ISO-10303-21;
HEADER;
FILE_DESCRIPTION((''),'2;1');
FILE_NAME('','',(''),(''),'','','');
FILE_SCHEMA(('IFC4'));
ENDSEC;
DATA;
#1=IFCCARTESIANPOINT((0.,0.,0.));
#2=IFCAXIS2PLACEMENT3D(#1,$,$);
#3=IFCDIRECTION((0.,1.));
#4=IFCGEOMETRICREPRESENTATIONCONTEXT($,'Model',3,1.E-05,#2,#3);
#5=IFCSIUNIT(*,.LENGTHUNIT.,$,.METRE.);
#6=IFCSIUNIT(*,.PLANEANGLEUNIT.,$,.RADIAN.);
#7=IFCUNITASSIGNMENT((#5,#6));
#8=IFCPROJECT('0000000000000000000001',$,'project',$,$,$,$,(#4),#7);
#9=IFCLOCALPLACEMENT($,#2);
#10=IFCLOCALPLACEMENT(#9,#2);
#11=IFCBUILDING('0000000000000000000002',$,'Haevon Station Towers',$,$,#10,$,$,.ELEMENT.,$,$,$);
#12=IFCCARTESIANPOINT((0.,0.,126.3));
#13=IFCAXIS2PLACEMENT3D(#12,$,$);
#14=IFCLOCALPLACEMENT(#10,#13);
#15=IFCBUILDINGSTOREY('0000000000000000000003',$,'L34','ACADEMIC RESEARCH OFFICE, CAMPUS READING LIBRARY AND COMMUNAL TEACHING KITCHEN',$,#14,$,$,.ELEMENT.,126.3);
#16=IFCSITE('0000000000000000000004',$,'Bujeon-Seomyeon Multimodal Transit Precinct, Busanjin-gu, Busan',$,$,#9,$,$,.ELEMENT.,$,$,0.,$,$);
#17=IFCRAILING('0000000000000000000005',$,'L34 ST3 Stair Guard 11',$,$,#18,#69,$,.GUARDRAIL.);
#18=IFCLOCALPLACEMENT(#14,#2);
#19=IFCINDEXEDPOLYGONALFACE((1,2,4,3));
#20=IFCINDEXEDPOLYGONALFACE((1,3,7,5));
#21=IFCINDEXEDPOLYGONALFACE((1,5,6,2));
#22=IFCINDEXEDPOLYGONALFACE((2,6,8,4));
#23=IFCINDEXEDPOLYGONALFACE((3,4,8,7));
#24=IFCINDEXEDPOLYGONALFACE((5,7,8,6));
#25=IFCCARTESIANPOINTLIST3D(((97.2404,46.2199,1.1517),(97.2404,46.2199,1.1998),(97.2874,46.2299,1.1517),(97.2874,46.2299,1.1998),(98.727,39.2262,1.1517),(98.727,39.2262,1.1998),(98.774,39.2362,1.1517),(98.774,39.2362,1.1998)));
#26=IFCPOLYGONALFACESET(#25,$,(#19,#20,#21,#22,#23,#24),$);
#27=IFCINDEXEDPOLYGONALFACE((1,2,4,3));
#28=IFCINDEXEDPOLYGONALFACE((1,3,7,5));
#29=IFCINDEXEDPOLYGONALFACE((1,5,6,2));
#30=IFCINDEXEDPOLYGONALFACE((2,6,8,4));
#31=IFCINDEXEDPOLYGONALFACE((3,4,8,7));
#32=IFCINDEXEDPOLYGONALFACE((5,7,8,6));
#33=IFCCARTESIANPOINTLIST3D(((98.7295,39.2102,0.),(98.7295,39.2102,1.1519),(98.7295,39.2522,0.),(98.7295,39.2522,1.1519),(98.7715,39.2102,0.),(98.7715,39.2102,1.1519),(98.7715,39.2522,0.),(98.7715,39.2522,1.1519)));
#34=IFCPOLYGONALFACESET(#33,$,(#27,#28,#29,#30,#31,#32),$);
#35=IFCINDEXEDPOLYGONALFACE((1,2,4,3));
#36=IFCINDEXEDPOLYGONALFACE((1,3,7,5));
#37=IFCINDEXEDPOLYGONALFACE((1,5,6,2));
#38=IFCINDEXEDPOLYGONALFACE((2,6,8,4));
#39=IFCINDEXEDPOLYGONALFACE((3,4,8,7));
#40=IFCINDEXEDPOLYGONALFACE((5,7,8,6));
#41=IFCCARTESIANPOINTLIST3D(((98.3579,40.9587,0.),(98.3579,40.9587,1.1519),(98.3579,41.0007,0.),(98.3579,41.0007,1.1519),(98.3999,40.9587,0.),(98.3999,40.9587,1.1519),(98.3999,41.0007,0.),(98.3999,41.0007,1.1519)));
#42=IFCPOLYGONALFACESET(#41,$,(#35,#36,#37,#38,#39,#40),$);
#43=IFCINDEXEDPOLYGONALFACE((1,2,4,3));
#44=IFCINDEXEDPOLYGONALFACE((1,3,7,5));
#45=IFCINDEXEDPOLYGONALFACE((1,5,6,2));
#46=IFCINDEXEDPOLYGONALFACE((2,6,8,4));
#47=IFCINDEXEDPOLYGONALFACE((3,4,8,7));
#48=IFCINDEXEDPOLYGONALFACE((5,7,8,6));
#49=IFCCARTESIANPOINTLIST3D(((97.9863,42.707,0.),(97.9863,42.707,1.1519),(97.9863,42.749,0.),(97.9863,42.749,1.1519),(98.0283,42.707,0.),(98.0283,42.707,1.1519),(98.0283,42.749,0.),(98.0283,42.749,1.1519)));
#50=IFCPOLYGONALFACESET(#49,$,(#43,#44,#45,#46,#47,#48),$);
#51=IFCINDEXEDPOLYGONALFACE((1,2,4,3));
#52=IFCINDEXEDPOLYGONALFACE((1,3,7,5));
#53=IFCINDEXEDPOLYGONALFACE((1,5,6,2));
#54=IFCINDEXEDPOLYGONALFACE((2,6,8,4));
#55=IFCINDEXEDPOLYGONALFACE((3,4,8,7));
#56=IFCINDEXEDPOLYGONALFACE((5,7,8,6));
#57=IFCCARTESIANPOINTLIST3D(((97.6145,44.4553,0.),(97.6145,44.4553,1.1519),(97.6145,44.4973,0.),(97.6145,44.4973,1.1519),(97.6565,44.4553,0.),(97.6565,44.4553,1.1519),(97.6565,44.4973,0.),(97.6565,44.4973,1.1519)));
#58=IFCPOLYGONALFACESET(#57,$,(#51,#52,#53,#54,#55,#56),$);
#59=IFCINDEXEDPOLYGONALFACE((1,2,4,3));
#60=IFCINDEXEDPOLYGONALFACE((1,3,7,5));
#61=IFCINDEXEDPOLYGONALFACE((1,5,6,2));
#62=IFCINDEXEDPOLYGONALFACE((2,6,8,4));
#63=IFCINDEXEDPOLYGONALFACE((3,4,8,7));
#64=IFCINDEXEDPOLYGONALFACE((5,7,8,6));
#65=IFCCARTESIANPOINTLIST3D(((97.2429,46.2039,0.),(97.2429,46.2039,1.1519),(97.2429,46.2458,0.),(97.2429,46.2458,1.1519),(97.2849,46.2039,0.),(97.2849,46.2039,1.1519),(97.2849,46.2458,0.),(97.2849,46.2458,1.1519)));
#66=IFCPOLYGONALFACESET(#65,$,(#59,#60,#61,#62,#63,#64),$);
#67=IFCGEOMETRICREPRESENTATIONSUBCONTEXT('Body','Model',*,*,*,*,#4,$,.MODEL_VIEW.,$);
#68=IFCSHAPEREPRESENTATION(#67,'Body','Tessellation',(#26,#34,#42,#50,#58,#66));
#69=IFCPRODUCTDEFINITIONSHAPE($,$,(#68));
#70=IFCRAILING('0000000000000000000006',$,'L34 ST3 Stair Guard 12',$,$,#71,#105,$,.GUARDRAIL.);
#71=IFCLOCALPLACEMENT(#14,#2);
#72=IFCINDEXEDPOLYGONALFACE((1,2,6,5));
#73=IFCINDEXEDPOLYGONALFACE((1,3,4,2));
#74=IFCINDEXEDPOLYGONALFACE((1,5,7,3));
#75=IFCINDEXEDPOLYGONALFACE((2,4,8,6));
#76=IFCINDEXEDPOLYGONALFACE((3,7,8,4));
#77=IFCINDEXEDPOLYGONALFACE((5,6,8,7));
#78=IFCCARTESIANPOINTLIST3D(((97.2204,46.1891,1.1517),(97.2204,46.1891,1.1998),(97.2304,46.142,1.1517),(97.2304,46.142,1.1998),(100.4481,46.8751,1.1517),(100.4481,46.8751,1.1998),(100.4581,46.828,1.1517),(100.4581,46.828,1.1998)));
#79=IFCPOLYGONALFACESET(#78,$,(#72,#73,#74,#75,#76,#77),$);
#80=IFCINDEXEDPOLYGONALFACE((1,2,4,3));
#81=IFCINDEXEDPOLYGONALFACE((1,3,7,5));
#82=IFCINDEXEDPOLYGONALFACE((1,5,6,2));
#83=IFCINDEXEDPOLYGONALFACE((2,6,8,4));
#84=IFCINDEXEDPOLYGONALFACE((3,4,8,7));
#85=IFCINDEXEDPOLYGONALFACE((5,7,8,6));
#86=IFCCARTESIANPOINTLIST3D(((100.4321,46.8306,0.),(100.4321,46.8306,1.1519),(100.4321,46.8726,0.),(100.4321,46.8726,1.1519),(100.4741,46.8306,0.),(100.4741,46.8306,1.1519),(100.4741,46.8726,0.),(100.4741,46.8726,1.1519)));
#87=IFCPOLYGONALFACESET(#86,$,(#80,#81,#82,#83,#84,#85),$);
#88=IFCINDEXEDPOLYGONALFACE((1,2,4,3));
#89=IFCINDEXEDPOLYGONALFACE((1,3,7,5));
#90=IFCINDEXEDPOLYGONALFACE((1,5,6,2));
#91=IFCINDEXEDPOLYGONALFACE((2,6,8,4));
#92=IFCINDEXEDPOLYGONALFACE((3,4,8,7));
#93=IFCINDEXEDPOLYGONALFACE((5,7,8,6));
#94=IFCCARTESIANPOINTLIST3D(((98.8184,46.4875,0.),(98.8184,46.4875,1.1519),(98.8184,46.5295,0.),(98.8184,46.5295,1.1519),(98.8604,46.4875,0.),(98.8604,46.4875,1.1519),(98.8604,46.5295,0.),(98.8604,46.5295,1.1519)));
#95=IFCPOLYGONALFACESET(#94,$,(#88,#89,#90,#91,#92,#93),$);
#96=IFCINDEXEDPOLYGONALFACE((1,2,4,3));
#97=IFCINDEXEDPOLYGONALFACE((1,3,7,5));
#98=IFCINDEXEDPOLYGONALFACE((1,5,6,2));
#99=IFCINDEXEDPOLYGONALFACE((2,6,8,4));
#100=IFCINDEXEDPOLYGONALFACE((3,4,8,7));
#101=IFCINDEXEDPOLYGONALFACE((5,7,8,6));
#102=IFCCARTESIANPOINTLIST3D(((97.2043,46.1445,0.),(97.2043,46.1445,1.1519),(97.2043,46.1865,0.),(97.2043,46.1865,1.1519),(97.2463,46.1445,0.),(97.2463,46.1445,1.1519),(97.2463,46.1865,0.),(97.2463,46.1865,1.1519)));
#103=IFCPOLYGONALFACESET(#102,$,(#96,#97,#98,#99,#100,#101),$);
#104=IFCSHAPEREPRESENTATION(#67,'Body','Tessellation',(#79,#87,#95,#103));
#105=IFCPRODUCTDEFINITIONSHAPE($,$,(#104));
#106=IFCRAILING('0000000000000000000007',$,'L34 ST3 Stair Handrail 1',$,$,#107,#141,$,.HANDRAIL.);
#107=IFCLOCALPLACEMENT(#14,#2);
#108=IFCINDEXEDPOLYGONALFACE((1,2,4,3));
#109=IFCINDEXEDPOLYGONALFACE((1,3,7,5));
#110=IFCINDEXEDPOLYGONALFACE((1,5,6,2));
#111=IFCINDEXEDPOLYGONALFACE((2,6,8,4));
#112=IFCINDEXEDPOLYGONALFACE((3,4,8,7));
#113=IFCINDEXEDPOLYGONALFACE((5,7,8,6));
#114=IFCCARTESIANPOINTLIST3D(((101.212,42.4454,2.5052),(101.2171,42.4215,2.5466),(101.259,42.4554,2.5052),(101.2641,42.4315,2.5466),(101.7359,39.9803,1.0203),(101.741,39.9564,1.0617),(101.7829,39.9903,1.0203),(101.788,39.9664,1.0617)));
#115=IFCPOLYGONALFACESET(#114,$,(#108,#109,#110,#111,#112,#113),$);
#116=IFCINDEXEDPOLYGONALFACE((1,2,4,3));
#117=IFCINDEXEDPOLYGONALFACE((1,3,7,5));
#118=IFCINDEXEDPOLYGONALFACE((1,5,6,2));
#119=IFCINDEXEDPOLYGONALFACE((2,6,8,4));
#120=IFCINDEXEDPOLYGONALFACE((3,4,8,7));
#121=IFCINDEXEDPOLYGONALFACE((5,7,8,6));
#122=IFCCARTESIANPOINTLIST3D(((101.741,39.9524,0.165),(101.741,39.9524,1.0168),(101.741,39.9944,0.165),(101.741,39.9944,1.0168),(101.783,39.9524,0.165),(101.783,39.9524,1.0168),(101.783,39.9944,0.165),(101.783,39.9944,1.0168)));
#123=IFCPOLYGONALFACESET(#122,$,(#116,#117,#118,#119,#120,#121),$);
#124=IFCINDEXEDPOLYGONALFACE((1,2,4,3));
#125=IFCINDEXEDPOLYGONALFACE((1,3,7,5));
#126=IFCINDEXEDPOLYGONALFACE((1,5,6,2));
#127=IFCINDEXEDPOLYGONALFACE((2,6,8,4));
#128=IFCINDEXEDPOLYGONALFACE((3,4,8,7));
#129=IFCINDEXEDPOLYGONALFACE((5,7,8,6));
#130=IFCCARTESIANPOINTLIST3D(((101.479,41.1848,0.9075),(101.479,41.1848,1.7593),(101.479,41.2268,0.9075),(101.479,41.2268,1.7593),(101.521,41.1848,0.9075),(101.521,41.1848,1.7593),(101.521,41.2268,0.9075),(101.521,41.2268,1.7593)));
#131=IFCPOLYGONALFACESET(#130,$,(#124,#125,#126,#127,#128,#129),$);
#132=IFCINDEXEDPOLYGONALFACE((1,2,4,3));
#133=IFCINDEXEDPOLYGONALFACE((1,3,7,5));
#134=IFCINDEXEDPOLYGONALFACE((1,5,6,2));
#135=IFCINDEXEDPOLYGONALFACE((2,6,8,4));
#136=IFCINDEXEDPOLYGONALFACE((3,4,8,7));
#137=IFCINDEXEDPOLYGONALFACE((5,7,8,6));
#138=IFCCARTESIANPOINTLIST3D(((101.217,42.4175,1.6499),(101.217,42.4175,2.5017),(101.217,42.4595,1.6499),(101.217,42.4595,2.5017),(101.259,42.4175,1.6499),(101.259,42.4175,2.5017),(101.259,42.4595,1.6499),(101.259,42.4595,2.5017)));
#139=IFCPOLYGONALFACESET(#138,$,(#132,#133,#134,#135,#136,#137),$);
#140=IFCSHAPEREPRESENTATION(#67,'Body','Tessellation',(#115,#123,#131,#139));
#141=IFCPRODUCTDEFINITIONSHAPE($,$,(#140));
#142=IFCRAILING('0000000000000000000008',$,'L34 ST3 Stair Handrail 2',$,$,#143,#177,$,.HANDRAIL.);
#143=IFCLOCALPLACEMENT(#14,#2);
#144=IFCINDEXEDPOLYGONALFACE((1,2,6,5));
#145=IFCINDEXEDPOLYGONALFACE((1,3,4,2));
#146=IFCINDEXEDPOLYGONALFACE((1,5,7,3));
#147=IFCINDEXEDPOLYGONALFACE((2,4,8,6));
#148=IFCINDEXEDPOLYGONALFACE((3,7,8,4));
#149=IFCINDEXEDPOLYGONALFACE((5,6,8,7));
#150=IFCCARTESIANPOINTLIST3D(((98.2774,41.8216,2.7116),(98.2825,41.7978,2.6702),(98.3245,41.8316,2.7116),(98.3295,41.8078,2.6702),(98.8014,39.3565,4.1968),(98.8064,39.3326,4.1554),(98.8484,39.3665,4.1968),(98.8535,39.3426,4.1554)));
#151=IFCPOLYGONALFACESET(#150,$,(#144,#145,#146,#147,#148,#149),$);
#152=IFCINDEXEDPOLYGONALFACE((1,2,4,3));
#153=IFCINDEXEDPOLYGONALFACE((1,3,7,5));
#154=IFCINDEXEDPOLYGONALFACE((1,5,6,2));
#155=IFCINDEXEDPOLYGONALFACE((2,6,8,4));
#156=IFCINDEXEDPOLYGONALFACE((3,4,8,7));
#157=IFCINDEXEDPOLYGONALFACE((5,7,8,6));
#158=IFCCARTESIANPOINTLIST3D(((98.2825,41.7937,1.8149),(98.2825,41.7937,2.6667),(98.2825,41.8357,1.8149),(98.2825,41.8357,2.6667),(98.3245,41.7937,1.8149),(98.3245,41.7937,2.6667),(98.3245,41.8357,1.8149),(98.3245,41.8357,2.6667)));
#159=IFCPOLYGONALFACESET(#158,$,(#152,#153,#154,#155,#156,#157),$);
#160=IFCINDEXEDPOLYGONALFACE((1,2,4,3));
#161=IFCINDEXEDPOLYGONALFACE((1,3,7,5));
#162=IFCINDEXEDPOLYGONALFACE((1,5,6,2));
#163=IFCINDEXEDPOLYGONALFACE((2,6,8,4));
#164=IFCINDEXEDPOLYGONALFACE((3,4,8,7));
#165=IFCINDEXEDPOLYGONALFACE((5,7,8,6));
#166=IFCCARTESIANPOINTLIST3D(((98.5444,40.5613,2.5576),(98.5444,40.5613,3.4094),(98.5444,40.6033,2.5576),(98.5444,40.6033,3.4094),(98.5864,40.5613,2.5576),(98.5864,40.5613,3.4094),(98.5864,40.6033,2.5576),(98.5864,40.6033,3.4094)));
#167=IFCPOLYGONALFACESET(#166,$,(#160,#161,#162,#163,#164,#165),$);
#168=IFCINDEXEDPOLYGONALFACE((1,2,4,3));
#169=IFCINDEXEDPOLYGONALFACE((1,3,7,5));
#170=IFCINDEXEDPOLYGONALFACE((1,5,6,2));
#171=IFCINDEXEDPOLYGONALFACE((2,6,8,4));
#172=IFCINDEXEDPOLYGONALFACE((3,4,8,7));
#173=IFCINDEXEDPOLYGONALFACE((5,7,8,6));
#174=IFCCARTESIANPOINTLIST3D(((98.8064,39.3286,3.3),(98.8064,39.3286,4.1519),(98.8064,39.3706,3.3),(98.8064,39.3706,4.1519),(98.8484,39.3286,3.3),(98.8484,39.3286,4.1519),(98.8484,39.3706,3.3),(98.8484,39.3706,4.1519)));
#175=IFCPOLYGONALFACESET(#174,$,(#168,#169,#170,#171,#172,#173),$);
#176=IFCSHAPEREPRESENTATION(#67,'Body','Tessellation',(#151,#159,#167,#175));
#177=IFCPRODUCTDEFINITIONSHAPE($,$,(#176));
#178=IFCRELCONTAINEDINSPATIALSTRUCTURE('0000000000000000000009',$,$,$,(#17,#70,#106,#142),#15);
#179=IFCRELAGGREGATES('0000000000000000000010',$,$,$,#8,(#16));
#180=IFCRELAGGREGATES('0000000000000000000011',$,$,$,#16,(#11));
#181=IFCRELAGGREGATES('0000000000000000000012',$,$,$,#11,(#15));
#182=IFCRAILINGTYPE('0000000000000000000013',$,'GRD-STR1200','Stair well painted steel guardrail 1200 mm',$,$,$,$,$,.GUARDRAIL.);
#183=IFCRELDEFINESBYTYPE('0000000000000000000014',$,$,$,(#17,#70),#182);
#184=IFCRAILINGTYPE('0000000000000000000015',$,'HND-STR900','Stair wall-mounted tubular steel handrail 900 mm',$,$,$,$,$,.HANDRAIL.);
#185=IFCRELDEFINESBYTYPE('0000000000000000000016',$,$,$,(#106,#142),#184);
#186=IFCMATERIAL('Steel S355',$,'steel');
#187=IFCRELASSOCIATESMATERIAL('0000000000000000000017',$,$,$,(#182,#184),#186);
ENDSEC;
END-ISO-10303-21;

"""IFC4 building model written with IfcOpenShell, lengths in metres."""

from ifc_helpers import new_model, si_unit, direction, frame, origin, origin_2d, place, context, subcontext, project, spatial, rectangle, extrude, material, type_object, element, save


model = new_model("IFC4")

# Units and contexts
model_context = context("Model", 3, precision=1e-05, world=origin(), true_north=direction((0.0, 1.0)))
body_context = subcontext(model_context, "Body", "Model", "MODEL_VIEW")
ifc_project = project(units=[si_unit("LENGTHUNIT", "METRE"), si_unit("PLANEANGLEUNIT", "RADIAN")], contexts=[model_context])

# Site, building, storey
site_placement = place(None, origin())
site = spatial("IfcSite", under=ifc_project, at=site_placement, Name="Bujeon-Seomyeon Multimodal Transit Precinct, Busanjin-gu, Busan", CompositionType="ELEMENT", RefElevation=0.0)
building_placement = place(site_placement, origin())
building = spatial("IfcBuilding", under=site, at=building_placement, Name="Haevon Station Towers", CompositionType="ELEMENT")
storey_placement = place(building_placement, frame((0.0, 0.0, 126.3)))
storey = spatial("IfcBuildingStorey", under=building, at=storey_placement, Name="L34", Description="ACADEMIC RESEARCH OFFICE, CAMPUS READING LIBRARY AND COMMUNAL TEACHING KITCHEN", CompositionType="ELEMENT", Elevation=126.3)

# Shared definitions
ifc_material_1 = material(Name="Steel S355", Category="steel")

# Railings
railing_type_1 = type_object("IfcRailingType", Name="GRD-STR1200", Description="Stair well painted steel guardrail 1200 mm", PredefinedType="GUARDRAIL", material=ifc_material_1)
railing_1_placement = place(storey_placement, frame((98.7505, 39.2312, 0.0)))
element("IfcRailing", 1, at=railing_1_placement, inside=storey, type_object=railing_type_1, Name="L34 ST3 Stair Guard 11", PredefinedType="GUARDRAIL", context=body_context, shape_type="SweptSolid", body=[
    extrude(rectangle(XDim=0.0481, YDim=0.0481, at=origin_2d()), frame((0.0, 0.0, 1.1758), z_axis=(-0.207915, 0.978147, 0.0), x_axis=(-0.978147, -0.207915, 0.0)), (0.0, 0.0, 1.0), 7.1499),
    extrude(rectangle(XDim=0.042, YDim=0.042, at=origin_2d()), origin(), (0.0, 0.0, 1.0), 1.1519),
    extrude(rectangle(XDim=0.042, YDim=0.042, at=origin_2d()), frame((-0.3716, 1.7485, 0.0)), (0.0, 0.0, 1.0), 1.1519),
    extrude(rectangle(XDim=0.042, YDim=0.042, at=origin_2d()), frame((-0.7432, 3.4968, 0.0)), (0.0, 0.0, 1.0), 1.1519),
    extrude(rectangle(XDim=0.042, YDim=0.042, at=origin_2d()), frame((-1.115, 5.2451, 0.0)), (0.0, 0.0, 1.0), 1.1519),
    extrude(rectangle(XDim=0.042, YDim=0.042, at=origin_2d()), frame((-1.4866, 6.9937, 0.0)), (0.0, 0.0, 1.0), 1.1519),
])
railing_2_placement = place(storey_placement, frame((100.4531, 46.8516, 0.0)))
element("IfcRailing", 2, at=railing_2_placement, inside=storey, type_object=railing_type_1, Name="L34 ST3 Stair Guard 12", PredefinedType="GUARDRAIL", context=body_context, shape_type="SweptSolid", body=[
    extrude(rectangle(XDim=0.0481, YDim=0.0481, at=origin_2d()), frame((0.0, 0.0, 1.1758), z_axis=(-0.978151, -0.207897, 0.0), x_axis=(0.207897, -0.978151, 0.0)), (0.0, 0.0, 1.0), 3.2998),
    extrude(rectangle(XDim=0.042, YDim=0.042, at=origin_2d()), origin(), (0.0, 0.0, 1.0), 1.1519),
    extrude(rectangle(XDim=0.042, YDim=0.042, at=origin_2d()), frame((-1.6138, -0.343, 0.0)), (0.0, 0.0, 1.0), 1.1519),
    extrude(rectangle(XDim=0.042, YDim=0.042, at=origin_2d()), frame((-3.2278, -0.686, 0.0)), (0.0, 0.0, 1.0), 1.1519),
])
railing_type_2 = type_object("IfcRailingType", Name="HND-STR900", Description="Stair wall-mounted tubular steel handrail 900 mm", PredefinedType="HANDRAIL", material=ifc_material_1)
railing_3_placement = place(storey_placement, frame((101.762, 39.9734, 0.165)))
element("IfcRailing", 3, at=railing_3_placement, inside=storey, type_object=railing_type_2, Name="L34 ST3 Stair Handrail 1", PredefinedType="HANDRAIL", context=body_context, shape_type="SweptSolid", body=[
    extrude(rectangle(XDim=0.0481, YDim=0.0481, at=origin_2d()), frame((0.0, 0.0, 0.876), z_axis=(-0.179116, 0.842748, 0.507635), x_axis=(-0.978151, -0.207895, 0.0)), (0.0, 0.0, 1.0), 2.925),
    extrude(rectangle(XDim=0.042, YDim=0.042, at=origin_2d()), origin(), (0.0, 0.0, 1.0), 0.8518),
    extrude(rectangle(XDim=0.042, YDim=0.042, at=origin_2d()), frame((-0.262, 1.2324, 0.7424)), (0.0, 0.0, 1.0), 0.8518),
    extrude(rectangle(XDim=0.042, YDim=0.042, at=origin_2d()), frame((-0.5239, 2.4651, 1.4849)), (0.0, 0.0, 1.0), 0.8518),
])
railing_4_placement = place(storey_placement, frame((98.3035, 41.8147, 1.8149)))
element("IfcRailing", 4, at=railing_4_placement, inside=storey, type_object=railing_type_2, Name="L34 ST3 Stair Handrail 2", PredefinedType="HANDRAIL", context=body_context, shape_type="SweptSolid", body=[
    extrude(rectangle(XDim=0.0481, YDim=0.0481, at=origin_2d()), frame((0.0, 0.0, 0.876), z_axis=(0.179109, -0.842712, 0.507697), x_axis=(0.978151, 0.207895, 0.0)), (0.0, 0.0, 1.0), 2.9253),
    extrude(rectangle(XDim=0.042, YDim=0.042, at=origin_2d()), origin(), (0.0, 0.0, 1.0), 0.8518),
    extrude(rectangle(XDim=0.042, YDim=0.042, at=origin_2d()), frame((0.262, -1.2324, 0.7427)), (0.0, 0.0, 1.0), 0.8518),
    extrude(rectangle(XDim=0.042, YDim=0.042, at=origin_2d()), frame((0.5239, -2.4651, 1.4851)), (0.0, 0.0, 1.0), 0.8518),
])

save(model, "model.ifc")
